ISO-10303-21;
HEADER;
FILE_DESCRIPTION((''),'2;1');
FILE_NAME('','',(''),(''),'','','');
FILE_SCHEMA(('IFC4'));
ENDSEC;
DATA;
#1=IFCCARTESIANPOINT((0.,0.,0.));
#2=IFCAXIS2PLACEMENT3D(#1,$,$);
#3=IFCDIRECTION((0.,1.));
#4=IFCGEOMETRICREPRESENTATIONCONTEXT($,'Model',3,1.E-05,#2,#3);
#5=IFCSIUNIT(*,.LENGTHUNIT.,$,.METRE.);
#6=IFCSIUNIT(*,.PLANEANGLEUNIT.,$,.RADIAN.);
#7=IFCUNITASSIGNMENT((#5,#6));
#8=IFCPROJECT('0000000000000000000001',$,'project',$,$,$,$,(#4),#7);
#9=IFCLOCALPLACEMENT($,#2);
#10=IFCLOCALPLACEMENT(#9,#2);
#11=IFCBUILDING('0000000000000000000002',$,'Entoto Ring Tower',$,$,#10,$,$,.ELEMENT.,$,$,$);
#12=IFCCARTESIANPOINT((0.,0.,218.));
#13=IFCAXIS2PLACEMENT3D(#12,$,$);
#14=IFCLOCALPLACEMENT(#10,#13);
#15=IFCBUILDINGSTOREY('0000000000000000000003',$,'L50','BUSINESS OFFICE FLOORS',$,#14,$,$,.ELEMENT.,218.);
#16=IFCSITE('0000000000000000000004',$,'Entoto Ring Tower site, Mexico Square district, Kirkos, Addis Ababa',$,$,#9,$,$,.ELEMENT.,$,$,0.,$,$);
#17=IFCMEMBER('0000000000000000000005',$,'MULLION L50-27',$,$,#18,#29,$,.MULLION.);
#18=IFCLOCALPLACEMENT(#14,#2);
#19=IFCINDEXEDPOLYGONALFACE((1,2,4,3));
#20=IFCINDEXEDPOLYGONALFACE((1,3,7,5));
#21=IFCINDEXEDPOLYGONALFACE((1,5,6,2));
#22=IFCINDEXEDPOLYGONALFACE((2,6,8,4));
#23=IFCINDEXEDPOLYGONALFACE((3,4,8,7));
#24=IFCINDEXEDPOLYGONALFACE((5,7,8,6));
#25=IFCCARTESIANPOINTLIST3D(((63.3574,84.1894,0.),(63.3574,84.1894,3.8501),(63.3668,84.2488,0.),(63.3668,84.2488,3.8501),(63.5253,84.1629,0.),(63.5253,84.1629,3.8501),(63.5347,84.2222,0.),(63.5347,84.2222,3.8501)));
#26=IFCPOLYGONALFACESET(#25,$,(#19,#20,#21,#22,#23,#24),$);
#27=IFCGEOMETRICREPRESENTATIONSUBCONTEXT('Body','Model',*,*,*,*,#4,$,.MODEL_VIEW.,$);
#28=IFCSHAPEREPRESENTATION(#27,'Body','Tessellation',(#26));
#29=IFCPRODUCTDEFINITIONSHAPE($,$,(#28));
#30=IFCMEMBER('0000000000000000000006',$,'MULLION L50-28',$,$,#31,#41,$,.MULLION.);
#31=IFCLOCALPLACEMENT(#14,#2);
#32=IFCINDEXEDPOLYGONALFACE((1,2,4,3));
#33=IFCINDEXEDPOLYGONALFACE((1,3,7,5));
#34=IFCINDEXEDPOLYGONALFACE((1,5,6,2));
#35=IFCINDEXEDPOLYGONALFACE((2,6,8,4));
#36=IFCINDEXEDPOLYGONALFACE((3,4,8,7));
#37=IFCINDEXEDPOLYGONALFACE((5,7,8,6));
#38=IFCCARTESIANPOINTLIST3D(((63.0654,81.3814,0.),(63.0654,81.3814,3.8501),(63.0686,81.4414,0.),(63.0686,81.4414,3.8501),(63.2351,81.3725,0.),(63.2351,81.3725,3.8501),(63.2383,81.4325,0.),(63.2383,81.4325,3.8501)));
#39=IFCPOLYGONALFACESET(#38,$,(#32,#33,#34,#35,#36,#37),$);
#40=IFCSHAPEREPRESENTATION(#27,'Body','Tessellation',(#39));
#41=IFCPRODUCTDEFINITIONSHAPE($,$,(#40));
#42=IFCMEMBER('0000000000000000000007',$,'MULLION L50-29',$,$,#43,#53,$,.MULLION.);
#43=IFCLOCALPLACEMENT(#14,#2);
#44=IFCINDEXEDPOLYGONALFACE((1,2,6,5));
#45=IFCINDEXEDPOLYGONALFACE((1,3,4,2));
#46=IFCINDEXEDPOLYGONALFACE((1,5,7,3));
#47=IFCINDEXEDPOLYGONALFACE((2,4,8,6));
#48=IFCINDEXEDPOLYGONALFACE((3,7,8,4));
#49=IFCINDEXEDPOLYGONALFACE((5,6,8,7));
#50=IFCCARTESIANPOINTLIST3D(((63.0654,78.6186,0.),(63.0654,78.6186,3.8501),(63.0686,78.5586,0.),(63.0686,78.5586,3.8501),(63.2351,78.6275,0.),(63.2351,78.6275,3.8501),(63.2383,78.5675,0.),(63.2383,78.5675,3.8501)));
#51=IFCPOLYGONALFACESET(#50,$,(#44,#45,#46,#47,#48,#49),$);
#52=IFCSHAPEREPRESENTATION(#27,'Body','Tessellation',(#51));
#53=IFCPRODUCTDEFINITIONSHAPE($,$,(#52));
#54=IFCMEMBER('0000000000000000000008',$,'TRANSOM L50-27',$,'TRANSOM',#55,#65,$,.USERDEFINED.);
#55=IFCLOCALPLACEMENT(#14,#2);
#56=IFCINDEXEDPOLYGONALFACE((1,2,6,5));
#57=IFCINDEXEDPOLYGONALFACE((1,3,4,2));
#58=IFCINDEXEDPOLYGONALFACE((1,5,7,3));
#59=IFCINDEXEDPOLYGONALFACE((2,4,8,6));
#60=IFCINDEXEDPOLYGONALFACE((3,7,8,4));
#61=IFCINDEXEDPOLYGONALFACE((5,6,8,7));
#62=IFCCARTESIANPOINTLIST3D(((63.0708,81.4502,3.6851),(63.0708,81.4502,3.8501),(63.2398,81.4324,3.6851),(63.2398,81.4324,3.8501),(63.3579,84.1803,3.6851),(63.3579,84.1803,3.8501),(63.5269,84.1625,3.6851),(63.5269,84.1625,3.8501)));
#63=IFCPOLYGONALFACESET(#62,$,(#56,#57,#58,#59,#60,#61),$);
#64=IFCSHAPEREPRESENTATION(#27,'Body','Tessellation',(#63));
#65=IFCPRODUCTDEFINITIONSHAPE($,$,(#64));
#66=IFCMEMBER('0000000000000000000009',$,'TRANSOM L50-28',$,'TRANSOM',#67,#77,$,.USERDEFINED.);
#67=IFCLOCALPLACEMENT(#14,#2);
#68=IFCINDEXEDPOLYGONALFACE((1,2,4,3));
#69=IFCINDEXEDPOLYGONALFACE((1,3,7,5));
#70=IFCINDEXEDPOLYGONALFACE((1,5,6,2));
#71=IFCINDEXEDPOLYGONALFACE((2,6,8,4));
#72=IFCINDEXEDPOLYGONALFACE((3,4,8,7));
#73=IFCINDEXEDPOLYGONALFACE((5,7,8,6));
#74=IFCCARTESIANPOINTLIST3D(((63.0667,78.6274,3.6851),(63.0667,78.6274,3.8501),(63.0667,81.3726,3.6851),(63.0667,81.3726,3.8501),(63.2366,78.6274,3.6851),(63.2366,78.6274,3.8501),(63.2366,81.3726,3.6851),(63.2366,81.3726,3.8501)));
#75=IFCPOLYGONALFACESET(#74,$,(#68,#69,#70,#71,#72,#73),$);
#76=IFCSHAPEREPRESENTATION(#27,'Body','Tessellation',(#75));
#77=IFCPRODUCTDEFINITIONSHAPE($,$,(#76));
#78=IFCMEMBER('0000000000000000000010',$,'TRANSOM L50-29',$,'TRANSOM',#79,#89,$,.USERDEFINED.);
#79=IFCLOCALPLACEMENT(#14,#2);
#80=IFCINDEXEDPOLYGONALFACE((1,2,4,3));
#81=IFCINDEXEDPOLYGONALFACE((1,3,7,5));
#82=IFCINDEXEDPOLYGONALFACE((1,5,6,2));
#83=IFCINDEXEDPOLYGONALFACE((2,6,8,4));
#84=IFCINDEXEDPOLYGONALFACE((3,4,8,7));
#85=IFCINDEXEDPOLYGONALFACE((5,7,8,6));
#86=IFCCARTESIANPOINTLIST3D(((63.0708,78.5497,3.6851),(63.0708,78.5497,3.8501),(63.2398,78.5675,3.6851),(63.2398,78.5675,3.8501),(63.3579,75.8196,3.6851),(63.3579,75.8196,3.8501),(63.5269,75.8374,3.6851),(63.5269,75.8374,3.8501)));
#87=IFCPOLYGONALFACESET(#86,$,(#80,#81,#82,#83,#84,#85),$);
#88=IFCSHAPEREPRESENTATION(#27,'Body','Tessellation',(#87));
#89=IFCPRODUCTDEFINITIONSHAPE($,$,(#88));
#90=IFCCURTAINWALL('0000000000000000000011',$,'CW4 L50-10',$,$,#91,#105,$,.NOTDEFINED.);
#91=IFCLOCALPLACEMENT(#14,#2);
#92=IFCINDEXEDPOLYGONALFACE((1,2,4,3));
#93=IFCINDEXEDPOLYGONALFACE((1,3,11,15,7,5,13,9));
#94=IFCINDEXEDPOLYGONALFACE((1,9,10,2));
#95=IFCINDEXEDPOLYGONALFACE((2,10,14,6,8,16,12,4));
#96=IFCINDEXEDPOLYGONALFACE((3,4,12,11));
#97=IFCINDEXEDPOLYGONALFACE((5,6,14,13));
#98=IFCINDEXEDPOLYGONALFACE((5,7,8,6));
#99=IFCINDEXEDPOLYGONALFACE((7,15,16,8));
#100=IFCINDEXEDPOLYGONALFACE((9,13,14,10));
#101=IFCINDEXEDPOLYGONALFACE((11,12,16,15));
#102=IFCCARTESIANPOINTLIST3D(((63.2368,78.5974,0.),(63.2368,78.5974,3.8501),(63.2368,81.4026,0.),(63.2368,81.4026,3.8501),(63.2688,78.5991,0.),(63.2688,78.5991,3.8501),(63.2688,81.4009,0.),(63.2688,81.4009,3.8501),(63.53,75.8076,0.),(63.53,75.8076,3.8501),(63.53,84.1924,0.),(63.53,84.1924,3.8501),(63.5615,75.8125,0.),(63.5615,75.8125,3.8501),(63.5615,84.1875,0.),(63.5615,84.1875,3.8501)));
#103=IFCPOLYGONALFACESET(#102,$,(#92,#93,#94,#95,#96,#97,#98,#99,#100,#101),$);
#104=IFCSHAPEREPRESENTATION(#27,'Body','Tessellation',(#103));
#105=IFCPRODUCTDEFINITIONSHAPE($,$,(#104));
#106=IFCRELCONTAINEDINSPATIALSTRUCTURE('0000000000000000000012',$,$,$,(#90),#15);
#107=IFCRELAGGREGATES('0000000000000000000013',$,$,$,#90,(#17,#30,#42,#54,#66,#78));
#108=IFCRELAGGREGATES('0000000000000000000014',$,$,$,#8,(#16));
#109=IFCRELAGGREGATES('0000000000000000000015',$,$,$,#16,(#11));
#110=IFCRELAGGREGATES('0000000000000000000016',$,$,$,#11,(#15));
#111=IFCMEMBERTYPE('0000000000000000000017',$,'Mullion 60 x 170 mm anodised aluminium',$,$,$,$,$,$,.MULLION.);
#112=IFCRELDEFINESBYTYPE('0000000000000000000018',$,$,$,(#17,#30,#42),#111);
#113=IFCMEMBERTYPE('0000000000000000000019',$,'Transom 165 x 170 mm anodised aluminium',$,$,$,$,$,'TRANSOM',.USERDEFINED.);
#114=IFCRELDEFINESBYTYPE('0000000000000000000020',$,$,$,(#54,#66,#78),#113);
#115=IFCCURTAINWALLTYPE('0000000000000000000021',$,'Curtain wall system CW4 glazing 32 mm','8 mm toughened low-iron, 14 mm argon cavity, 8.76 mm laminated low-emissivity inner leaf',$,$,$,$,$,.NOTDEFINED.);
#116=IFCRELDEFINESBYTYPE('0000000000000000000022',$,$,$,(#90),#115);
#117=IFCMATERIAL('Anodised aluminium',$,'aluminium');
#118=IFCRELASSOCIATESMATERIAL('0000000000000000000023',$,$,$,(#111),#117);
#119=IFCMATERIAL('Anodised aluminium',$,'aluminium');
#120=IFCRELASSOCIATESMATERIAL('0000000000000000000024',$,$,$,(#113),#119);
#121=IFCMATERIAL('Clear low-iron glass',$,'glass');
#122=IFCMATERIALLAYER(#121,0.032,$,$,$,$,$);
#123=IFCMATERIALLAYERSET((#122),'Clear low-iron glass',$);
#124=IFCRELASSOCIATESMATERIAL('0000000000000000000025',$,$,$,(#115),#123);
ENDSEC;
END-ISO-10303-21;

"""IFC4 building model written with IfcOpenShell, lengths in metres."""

from ifc_helpers import new_model, si_unit, direction, frame, origin, origin_2d, place, context, subcontext, project, spatial, polyline, rectangle, outline, extrude, material, layer, layer_set, material_profile, profile_set, type_object, element, aggregate, save


model = new_model("IFC4")

# Units and contexts
model_context = context("Model", 3, precision=1e-05, world=origin(), true_north=direction((0.0, 1.0)))
body_context = subcontext(model_context, "Body", "Model", "MODEL_VIEW")
ifc_project = project(units=[si_unit("LENGTHUNIT", "METRE"), si_unit("PLANEANGLEUNIT", "RADIAN")], contexts=[model_context])

# Members
ifc_material_1 = material(Name="Anodised aluminium", Category="aluminium")
ifc_material_profile_1 = material_profile(ifc_material_1, rectangle(XDim=0.0601, YDim=0.1699, at=origin_2d()), Name="Mullion 60 x 170 mm anodised aluminium")
ifc_profile_set_1 = profile_set([ifc_material_profile_1], Name="Anodised aluminium")
member_type_1 = type_object("IfcMemberType", Name="Mullion 60 x 170 mm anodised aluminium", PredefinedType="MULLION", material=ifc_profile_set_1)
site_placement = place(None, origin())
building_placement = place(site_placement, origin())
storey_placement = place(building_placement, frame((0.0, 0.0, 218.0)))
member_1_placement = place(storey_placement, frame((63.446, 84.2058, 0.0), z_axis=(0.0, 0.0, 1.0), x_axis=(-0.156434, -0.987688, 0.0)))
member_1 = element("IfcMember", 1, at=member_1_placement, type_object=member_type_1, Name="MULLION L50-27", PredefinedType="MULLION", context=body_context, shape_type="SweptSolid", body=[
    extrude(rectangle(XDim=0.0601, YDim=0.1699, at=origin_2d()), origin(), (0.0, 0.0, 1.0), 3.8501),
])
member_2_placement = place(storey_placement, frame((63.1519, 81.407, 0.0), z_axis=(0.0, 0.0, 1.0), x_axis=(-0.052336, -0.99863, 0.0)))
member_2 = element("IfcMember", 2, at=member_2_placement, type_object=member_type_1, Name="MULLION L50-28", PredefinedType="MULLION", context=body_context, shape_type="SweptSolid", body=[
    extrude(rectangle(XDim=0.0601, YDim=0.1699, at=origin_2d()), origin(), (0.0, 0.0, 1.0), 3.8501),
])
member_3_placement = place(storey_placement, frame((63.1519, 78.593, 0.0), z_axis=(0.0, 0.0, 1.0), x_axis=(0.052336, -0.99863, 0.0)))
member_3 = element("IfcMember", 3, at=member_3_placement, type_object=member_type_1, Name="MULLION L50-29", PredefinedType="MULLION", context=body_context, shape_type="SweptSolid", body=[
    extrude(rectangle(XDim=0.0601, YDim=0.1699, at=origin_2d()), origin(), (0.0, 0.0, 1.0), 3.8501),
])
ifc_material_2 = material(Name="Anodised aluminium", Category="aluminium")
ifc_material_profile_2 = material_profile(ifc_material_2, rectangle(XDim=0.1699, YDim=0.165, at=origin_2d()), Name="Transom 165 x 170 mm anodised aluminium")
ifc_profile_set_2 = profile_set([ifc_material_profile_2], Name="Anodised aluminium")
member_type_2 = type_object("IfcMemberType", Name="Transom 165 x 170 mm anodised aluminium", ElementType="TRANSOM", PredefinedType="USERDEFINED", material=ifc_profile_set_2)
member_4_placement = place(storey_placement, frame((63.4424, 84.1714, 3.7676), z_axis=(-0.104592, -0.994515, 0.0), x_axis=(0.994515, -0.104592, 0.0)))
member_4 = element("IfcMember", 4, at=member_4_placement, type_object=member_type_2, Name="TRANSOM L50-27", ObjectType="TRANSOM", PredefinedType="USERDEFINED", context=body_context, shape_type="SweptSolid", body=[
    extrude(rectangle(XDim=0.1699, YDim=0.165, at=origin_2d()), origin(), (0.0, 0.0, 1.0), 2.7451),
])
member_5_placement = place(storey_placement, frame((63.1516, 81.3726, 3.7676), z_axis=(0.0, -1.0, 0.0), x_axis=(1.0, 0.0, 0.0)))
member_5 = element("IfcMember", 5, at=member_5_placement, type_object=member_type_2, Name="TRANSOM L50-28", ObjectType="TRANSOM", PredefinedType="USERDEFINED", context=body_context, shape_type="SweptSolid", body=[
    extrude(rectangle(XDim=0.1699, YDim=0.165, at=origin_2d()), origin(), (0.0, 0.0, 1.0), 2.7451),
])
member_6_placement = place(storey_placement, frame((63.1553, 78.5586, 3.7676), z_axis=(0.104592, -0.994515, 0.0), x_axis=(0.994515, 0.104592, 0.0)))
member_6 = element("IfcMember", 6, at=member_6_placement, type_object=member_type_2, Name="TRANSOM L50-29", ObjectType="TRANSOM", PredefinedType="USERDEFINED", context=body_context, shape_type="SweptSolid", body=[
    extrude(rectangle(XDim=0.1699, YDim=0.165, at=origin_2d()), origin(), (0.0, 0.0, 1.0), 2.7451),
])

# Site, building, storey
site = spatial("IfcSite", under=ifc_project, at=site_placement, Name="Entoto Ring Tower site, Mexico Square district, Kirkos, Addis Ababa", CompositionType="ELEMENT", RefElevation=0.0)
building = spatial("IfcBuilding", under=site, at=building_placement, Name="Entoto Ring Tower", CompositionType="ELEMENT")
storey = spatial("IfcBuildingStorey", under=building, at=storey_placement, Name="L50", Description="BUSINESS OFFICE FLOORS", CompositionType="ELEMENT", Elevation=218.0)

# Curtain wall
ifc_material_3 = material(Name="Clear low-iron glass", Category="glass")
ifc_layer = layer(ifc_material_3, 0.032)
ifc_layer_set = layer_set([ifc_layer], Name="Clear low-iron glass")
curtain_wall_type = type_object("IfcCurtainWallType", Name="Curtain wall system CW4 glazing 32 mm", Description="8 mm toughened low-iron, 14 mm argon cavity, 8.76 mm laminated low-emissivity inner leaf", PredefinedType="NOTDEFINED", material=ifc_layer_set)
curtain_wall_1_placement = place(storey_placement, origin())
curtain_wall_1 = element("IfcCurtainWall", 7, at=curtain_wall_1_placement, inside=storey, type_object=curtain_wall_type, Name="CW4 L50-10", PredefinedType="NOTDEFINED", context=body_context, shape_type="SweptSolid", body=[
    extrude(outline(polyline([(63.53, 84.1924), (63.2368, 81.4026), (63.2368, 78.5974), (63.53, 75.8076), (63.5615, 75.8125), (63.2688, 78.5991), (63.2688, 81.4009), (63.5615, 84.1875), (63.53, 84.1924)])), origin(), (0.0, 0.0, 1.0), 3.8501),
])
aggregate(curtain_wall_1, [member_1, member_2, member_3, member_4, member_5, member_6])

save(model, "model.ifc")
